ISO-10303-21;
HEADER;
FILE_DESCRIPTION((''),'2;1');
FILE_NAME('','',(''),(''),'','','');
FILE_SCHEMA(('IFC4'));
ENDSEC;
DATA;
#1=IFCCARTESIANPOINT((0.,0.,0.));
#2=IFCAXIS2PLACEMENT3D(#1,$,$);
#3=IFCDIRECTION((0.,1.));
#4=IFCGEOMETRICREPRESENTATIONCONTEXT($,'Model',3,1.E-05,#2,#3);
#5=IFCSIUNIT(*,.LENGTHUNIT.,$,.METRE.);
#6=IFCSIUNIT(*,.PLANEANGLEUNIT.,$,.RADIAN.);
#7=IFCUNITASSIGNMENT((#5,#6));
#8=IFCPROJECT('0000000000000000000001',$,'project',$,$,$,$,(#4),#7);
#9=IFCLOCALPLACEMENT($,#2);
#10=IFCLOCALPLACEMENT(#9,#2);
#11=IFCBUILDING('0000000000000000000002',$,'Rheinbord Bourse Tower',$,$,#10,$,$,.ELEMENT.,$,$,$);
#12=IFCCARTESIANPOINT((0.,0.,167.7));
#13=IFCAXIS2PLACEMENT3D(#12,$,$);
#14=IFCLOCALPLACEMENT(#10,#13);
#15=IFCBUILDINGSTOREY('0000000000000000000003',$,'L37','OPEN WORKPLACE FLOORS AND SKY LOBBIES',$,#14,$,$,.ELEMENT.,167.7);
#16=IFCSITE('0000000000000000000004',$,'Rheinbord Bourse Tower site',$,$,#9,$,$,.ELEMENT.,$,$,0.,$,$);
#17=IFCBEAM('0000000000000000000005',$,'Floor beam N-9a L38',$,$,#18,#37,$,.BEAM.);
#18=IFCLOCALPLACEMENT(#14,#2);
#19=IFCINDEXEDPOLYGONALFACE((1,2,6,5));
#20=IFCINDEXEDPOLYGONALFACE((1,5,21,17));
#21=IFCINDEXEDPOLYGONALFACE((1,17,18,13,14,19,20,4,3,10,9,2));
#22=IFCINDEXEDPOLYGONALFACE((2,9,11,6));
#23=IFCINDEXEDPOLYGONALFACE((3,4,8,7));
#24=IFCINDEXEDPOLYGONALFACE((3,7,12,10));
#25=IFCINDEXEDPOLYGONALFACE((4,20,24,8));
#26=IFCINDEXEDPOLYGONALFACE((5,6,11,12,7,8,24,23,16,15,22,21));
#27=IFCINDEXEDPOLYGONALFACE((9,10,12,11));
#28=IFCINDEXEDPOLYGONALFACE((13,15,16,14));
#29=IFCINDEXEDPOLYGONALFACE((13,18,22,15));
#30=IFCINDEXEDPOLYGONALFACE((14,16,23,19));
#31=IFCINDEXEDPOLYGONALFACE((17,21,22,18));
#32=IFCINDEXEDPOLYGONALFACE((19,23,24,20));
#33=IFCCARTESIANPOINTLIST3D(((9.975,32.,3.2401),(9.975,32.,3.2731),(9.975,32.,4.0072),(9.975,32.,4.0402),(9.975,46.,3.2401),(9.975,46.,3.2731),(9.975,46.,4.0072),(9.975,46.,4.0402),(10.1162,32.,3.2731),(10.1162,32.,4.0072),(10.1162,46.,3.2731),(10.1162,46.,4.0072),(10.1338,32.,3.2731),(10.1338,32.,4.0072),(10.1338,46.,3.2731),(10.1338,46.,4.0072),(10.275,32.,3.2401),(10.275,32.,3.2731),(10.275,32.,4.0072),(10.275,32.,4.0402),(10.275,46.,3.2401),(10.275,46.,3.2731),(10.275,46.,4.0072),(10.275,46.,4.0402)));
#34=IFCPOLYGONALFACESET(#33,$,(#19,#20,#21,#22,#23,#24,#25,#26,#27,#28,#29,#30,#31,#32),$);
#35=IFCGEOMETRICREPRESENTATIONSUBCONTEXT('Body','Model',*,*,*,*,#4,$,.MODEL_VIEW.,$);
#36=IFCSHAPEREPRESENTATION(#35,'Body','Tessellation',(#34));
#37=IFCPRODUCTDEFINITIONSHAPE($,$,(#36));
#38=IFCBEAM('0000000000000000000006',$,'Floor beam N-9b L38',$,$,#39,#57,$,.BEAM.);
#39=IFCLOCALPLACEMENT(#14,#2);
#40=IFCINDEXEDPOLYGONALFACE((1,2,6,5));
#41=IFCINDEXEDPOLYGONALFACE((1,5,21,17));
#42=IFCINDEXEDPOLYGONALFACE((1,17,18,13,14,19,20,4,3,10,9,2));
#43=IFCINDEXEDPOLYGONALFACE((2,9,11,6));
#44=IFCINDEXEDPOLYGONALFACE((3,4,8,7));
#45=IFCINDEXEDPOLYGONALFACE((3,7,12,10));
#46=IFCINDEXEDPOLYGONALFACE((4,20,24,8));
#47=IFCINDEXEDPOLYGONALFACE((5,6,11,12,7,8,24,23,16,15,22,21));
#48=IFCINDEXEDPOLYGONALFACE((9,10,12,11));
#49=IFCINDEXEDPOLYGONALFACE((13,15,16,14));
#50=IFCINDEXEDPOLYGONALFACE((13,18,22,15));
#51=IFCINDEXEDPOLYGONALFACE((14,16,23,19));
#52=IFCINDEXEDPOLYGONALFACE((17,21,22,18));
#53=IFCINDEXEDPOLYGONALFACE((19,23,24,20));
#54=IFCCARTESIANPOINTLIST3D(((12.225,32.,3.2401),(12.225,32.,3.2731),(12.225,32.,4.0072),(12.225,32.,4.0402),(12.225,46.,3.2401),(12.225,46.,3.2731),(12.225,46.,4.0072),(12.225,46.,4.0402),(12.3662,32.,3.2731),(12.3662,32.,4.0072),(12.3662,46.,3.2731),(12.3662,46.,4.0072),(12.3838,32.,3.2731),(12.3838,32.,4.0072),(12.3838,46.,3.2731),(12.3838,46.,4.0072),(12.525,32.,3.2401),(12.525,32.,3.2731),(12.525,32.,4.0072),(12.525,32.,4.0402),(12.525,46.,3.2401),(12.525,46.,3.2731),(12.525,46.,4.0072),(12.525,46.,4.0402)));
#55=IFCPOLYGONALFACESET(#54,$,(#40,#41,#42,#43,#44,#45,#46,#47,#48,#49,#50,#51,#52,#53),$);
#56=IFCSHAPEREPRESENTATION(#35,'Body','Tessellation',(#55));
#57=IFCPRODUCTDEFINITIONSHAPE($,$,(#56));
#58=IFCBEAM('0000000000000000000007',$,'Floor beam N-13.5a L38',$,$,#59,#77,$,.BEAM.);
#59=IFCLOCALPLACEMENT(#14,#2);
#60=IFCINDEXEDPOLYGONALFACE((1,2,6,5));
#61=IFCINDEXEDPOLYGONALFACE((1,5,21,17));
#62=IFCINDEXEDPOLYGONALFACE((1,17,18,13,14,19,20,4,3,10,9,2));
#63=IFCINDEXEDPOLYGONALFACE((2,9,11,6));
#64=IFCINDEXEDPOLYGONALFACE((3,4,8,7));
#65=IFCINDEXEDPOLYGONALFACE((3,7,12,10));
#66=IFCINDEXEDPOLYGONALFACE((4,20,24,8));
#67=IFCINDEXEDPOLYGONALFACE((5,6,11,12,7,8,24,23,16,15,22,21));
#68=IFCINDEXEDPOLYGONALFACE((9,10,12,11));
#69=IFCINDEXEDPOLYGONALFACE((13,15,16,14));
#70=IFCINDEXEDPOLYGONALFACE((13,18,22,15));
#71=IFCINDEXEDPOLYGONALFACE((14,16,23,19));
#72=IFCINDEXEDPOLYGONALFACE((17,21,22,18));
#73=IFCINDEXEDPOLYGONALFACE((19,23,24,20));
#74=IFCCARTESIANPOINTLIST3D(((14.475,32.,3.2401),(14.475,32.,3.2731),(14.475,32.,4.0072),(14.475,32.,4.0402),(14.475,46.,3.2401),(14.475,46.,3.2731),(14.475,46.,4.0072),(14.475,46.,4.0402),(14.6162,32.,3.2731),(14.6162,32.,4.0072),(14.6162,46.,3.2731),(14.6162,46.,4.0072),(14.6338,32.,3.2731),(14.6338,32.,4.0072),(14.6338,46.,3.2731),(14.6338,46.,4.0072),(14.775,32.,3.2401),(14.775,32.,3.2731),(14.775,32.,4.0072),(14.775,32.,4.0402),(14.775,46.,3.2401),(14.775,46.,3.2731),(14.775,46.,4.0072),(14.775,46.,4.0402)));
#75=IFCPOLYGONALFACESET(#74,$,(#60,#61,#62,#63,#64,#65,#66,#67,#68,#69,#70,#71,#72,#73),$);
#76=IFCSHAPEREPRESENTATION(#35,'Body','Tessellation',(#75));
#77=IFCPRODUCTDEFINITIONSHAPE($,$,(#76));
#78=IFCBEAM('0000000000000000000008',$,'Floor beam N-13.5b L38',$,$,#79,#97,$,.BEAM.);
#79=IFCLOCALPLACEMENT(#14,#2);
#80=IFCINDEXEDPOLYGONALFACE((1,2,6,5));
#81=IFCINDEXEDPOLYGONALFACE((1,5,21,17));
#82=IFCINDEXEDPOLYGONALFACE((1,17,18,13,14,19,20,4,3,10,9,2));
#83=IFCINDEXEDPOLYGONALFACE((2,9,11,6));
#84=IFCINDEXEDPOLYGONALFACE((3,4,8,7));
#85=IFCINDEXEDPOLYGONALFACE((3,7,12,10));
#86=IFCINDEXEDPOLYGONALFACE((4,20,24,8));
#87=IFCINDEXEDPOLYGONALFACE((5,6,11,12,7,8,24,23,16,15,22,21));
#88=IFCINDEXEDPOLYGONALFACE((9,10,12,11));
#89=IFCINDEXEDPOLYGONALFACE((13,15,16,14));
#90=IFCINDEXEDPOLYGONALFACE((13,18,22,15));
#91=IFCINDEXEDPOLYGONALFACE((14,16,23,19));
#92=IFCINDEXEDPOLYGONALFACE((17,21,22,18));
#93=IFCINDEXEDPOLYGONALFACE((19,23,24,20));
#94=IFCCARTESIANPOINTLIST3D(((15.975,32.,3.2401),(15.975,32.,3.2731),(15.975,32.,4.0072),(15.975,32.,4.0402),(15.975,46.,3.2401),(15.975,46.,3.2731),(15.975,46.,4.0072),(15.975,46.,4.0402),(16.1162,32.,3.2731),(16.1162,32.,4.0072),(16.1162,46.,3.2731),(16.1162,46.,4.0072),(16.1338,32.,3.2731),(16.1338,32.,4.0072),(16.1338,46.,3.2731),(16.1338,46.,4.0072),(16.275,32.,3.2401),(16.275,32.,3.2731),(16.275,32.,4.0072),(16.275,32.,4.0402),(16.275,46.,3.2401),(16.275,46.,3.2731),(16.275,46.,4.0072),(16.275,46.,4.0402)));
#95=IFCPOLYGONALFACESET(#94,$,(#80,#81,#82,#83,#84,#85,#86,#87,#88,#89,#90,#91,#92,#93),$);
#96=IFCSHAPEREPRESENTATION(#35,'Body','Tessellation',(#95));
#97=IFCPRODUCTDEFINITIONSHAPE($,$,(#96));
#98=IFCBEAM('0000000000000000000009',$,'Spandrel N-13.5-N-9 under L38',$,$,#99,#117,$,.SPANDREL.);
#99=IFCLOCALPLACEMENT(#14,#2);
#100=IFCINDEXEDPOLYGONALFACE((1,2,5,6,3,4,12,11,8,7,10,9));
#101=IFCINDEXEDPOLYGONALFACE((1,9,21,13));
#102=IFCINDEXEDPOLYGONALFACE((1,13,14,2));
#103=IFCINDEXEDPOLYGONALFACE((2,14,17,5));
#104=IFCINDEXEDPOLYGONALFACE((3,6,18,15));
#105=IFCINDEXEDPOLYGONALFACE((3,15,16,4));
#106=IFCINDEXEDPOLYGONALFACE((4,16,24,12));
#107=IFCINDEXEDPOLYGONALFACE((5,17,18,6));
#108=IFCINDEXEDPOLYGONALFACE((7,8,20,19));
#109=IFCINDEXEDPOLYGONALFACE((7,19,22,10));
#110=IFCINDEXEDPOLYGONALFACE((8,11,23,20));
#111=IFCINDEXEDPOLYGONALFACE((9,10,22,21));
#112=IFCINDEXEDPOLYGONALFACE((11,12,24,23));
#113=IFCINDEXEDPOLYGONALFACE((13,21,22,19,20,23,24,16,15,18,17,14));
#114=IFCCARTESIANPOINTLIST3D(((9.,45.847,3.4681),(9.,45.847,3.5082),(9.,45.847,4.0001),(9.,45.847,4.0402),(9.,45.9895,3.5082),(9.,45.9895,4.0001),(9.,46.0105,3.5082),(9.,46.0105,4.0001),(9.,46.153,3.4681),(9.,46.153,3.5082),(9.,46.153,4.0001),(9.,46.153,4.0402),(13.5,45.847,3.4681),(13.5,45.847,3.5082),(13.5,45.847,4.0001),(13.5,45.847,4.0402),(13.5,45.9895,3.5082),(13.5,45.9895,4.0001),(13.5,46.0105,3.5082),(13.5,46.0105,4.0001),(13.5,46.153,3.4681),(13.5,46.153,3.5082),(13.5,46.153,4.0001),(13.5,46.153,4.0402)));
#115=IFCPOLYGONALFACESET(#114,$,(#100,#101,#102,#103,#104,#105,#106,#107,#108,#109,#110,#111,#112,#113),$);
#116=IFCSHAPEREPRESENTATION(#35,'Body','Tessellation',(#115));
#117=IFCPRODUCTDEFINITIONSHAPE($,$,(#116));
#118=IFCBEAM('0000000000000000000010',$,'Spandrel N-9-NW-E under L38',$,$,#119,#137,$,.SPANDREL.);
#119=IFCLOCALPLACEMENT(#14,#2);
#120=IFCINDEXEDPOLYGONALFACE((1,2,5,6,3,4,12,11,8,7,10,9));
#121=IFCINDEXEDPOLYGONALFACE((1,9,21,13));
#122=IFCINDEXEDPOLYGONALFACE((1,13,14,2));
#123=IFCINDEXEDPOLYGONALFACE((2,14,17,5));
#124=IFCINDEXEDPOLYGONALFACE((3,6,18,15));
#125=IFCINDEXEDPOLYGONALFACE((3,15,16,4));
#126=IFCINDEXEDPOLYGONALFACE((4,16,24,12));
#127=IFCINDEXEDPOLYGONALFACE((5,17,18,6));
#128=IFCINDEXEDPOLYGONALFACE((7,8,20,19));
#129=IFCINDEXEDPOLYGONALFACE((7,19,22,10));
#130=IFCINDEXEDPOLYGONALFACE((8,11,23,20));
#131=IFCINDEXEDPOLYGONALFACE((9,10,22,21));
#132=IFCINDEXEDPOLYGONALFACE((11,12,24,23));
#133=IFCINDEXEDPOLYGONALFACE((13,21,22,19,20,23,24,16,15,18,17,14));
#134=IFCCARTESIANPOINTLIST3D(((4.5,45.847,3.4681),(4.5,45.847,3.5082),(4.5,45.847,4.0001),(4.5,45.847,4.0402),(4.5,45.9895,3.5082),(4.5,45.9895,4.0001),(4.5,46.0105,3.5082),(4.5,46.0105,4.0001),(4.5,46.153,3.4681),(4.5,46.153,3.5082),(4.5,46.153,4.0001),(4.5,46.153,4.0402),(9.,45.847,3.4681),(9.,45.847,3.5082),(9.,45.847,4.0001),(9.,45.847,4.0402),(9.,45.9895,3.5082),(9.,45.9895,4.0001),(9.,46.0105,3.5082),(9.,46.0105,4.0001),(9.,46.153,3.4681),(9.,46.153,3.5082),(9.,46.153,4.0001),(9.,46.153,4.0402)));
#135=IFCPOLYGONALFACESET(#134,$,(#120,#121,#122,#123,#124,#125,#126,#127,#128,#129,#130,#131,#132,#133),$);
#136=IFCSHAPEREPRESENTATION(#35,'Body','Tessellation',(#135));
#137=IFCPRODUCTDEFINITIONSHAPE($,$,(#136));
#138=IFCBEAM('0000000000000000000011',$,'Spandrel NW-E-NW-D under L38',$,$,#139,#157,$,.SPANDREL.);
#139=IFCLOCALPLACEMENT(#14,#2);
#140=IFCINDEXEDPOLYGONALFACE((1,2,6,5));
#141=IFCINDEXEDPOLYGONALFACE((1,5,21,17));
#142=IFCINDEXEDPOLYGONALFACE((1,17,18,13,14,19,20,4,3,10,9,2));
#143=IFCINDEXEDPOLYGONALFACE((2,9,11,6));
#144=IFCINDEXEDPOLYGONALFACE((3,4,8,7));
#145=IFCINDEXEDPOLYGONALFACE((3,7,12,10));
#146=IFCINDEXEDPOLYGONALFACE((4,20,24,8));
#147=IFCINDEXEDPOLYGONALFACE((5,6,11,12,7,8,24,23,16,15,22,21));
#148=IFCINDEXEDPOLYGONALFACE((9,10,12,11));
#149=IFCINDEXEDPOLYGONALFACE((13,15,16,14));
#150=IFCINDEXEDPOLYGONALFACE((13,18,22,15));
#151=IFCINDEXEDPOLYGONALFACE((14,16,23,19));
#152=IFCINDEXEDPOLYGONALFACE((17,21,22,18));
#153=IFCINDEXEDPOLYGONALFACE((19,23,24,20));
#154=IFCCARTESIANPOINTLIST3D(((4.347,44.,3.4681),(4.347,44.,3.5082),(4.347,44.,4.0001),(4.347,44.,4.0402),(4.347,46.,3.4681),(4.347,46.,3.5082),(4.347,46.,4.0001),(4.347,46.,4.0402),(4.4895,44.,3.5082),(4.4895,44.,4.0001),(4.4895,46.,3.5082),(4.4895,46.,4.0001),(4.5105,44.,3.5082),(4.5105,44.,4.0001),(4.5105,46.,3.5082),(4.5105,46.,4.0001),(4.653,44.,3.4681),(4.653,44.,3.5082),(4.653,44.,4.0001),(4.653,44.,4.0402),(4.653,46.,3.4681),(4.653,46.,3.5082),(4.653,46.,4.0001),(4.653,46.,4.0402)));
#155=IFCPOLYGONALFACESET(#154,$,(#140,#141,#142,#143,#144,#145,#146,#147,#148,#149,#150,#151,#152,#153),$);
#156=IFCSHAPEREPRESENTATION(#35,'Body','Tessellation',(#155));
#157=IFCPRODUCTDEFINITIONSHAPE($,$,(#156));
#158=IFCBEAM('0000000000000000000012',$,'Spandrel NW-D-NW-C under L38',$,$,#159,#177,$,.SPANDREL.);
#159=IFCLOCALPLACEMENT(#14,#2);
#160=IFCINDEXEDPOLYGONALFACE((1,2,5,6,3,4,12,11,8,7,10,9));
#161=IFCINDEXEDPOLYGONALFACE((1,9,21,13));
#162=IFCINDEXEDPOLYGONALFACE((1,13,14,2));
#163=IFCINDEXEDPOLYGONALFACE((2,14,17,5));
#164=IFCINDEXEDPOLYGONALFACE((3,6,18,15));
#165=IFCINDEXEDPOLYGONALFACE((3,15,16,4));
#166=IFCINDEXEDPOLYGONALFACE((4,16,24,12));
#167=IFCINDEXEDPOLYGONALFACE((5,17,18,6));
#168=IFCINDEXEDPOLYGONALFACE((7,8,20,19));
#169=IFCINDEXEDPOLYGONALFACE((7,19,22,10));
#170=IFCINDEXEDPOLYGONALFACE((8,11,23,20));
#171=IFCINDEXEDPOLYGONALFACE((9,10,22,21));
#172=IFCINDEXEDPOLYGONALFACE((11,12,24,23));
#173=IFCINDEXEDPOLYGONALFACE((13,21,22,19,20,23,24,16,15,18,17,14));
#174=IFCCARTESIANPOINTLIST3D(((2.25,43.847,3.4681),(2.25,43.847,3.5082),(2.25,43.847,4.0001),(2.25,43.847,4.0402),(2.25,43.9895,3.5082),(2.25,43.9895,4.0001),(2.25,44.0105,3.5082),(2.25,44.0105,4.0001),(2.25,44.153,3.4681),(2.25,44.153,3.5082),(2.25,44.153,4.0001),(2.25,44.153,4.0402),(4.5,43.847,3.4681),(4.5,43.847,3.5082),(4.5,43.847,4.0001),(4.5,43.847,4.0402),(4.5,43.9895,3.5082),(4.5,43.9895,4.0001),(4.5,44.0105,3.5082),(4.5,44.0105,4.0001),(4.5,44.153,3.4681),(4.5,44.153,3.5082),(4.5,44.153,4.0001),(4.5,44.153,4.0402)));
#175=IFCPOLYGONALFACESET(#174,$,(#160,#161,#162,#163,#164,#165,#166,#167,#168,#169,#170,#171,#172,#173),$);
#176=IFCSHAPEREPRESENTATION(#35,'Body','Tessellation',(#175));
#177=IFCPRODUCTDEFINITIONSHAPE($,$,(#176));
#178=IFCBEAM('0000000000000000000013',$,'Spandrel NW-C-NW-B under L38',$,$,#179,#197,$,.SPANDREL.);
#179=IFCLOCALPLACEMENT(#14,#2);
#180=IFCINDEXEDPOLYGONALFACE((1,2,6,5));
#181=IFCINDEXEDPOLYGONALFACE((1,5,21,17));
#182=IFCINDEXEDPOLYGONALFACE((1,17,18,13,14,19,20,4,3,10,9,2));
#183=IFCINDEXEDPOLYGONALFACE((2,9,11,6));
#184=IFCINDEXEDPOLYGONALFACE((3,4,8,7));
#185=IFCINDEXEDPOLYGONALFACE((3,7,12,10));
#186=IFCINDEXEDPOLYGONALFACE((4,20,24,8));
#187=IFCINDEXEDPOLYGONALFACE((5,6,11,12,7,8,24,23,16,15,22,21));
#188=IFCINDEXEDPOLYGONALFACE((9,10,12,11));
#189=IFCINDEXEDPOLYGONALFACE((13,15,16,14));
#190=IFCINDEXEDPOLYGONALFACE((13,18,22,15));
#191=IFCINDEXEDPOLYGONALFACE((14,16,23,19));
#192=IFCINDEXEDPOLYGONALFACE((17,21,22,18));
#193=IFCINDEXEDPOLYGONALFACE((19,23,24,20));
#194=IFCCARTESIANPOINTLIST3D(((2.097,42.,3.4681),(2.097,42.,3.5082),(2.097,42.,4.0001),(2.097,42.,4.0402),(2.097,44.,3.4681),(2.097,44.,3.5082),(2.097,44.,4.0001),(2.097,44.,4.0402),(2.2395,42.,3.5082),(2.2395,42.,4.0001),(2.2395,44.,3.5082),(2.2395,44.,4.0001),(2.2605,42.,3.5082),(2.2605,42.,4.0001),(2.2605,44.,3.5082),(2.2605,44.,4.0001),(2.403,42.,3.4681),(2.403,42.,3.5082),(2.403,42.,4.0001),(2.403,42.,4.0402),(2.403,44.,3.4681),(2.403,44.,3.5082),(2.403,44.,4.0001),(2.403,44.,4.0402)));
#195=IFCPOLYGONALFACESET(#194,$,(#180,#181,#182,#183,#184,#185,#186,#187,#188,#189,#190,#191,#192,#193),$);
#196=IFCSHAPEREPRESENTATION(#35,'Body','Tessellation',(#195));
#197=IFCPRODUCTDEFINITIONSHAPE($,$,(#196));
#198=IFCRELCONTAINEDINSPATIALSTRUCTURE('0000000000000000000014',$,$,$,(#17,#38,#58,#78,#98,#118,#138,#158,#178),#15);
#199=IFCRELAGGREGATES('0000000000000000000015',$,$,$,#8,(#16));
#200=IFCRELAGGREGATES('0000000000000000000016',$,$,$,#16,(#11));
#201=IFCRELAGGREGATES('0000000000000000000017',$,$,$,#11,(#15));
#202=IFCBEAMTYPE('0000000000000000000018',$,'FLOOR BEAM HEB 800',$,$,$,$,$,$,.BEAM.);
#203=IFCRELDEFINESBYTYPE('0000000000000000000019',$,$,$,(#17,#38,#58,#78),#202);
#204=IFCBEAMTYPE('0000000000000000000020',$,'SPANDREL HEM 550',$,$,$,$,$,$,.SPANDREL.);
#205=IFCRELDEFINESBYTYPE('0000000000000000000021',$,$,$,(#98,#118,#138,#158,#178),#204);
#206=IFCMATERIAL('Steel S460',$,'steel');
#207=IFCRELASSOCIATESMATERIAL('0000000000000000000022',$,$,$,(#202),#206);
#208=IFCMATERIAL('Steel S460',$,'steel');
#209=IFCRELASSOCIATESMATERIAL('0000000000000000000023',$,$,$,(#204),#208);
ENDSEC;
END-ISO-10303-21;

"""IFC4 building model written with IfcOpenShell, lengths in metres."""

from ifc_helpers import new_model, si_unit, direction, frame, origin, origin_2d, place, context, subcontext, project, spatial, i_section, extrude, material, material_profile, profile_set, type_object, element, save


model = new_model("IFC4")

# Units and contexts
model_context = context("Model", 3, precision=1e-05, world=origin(), true_north=direction((0.0, 1.0)))
body_context = subcontext(model_context, "Body", "Model", "MODEL_VIEW")
ifc_project = project(units=[si_unit("LENGTHUNIT", "METRE"), si_unit("PLANEANGLEUNIT", "RADIAN")], contexts=[model_context])

# Site, building, storey
site_placement = place(None, origin())
site = spatial("IfcSite", under=ifc_project, at=site_placement, Name="Rheinbord Bourse Tower site", CompositionType="ELEMENT", RefElevation=0.0)
building_placement = place(site_placement, origin())
building = spatial("IfcBuilding", under=site, at=building_placement, Name="Rheinbord Bourse Tower", CompositionType="ELEMENT")
storey_placement = place(building_placement, frame((0.0, 0.0, 167.7)))
storey = spatial("IfcBuildingStorey", under=building, at=storey_placement, Name="L37", Description="OPEN WORKPLACE FLOORS AND SKY LOBBIES", CompositionType="ELEMENT", Elevation=167.7)

# Beams
ifc_material_1 = material(Name="Steel S460", Category="steel")
ifc_material_profile_1 = material_profile(ifc_material_1, i_section(OverallWidth=0.3, OverallDepth=0.8, WebThickness=0.0176, FlangeThickness=0.033, at=origin_2d()), Name="HEB 800")
ifc_profile_set_1 = profile_set([ifc_material_profile_1], Name="Steel S460")
beam_type_1 = type_object("IfcBeamType", Name="FLOOR BEAM HEB 800", PredefinedType="BEAM", material=ifc_profile_set_1)
for number, where, z_axis, x_axis, name in (
    (1, (10.125, 46.0, 3.6401), (0.0, -1.0, 0.0), (1.0, 0.0, 0.0), "Floor beam N-9a L38"),
    (2, (12.375, 46.0, 3.6401), (0.0, -1.0, 0.0), (1.0, 0.0, 0.0), "Floor beam N-9b L38"),
    (3, (14.625, 46.0, 3.6401), (0.0, -1.0, 0.0), (1.0, 0.0, 0.0), "Floor beam N-13.5a L38"),
    (4, (16.125, 46.0, 3.6401), (0.0, -1.0, 0.0), (1.0, 0.0, 0.0), "Floor beam N-13.5b L38"),
):
    element("IfcBeam", number, at=place(storey_placement, frame(where, z_axis=z_axis, x_axis=x_axis)), inside=storey, type_object=beam_type_1, Name=name, PredefinedType="BEAM", context=body_context, shape_type="SweptSolid", body=[
        extrude(i_section(OverallWidth=0.3, OverallDepth=0.8, WebThickness=0.0176, FlangeThickness=0.033, at=origin_2d()), origin(), (0.0, 0.0, 1.0), 14.0),
    ])
ifc_material_2 = material(Name="Steel S460", Category="steel")
ifc_material_profile_2 = material_profile(ifc_material_2, i_section(OverallWidth=0.3059, OverallDepth=0.572, WebThickness=0.021, FlangeThickness=0.04, at=origin_2d()), Name="HEM 550")
ifc_profile_set_2 = profile_set([ifc_material_profile_2], Name="Steel S460")
beam_type_2 = type_object("IfcBeamType", Name="SPANDREL HEM 550", PredefinedType="SPANDREL", material=ifc_profile_set_2)
for number, where, z_axis, x_axis, name in (
    (5, (13.5, 46.0, 3.7542), (-1.0, 0.0, 0.0), (0.0, -1.0, 0.0), "Spandrel N-13.5-N-9 under L38"),
    (6, (9.0, 46.0, 3.7542), (-1.0, 0.0, 0.0), (0.0, -1.0, 0.0), "Spandrel N-9-NW-E under L38"),
):
    element("IfcBeam", number, at=place(storey_placement, frame(where, z_axis=z_axis, x_axis=x_axis)), inside=storey, type_object=beam_type_2, Name=name, PredefinedType="SPANDREL", context=body_context, shape_type="SweptSolid", body=[
        extrude(i_section(OverallWidth=0.3059, OverallDepth=0.572, WebThickness=0.021, FlangeThickness=0.04, at=origin_2d()), origin(), (0.0, 0.0, 1.0), 4.5),
    ])
beam_1_placement = place(storey_placement, frame((4.5, 46.0, 3.7542), z_axis=(0.0, -1.0, 0.0), x_axis=(1.0, 0.0, 0.0)))
element("IfcBeam", 7, at=beam_1_placement, inside=storey, type_object=beam_type_2, Name="Spandrel NW-E-NW-D under L38", PredefinedType="SPANDREL", context=body_context, shape_type="SweptSolid", body=[
    extrude(i_section(OverallWidth=0.3059, OverallDepth=0.572, WebThickness=0.021, FlangeThickness=0.04, at=origin_2d()), origin(), (0.0, 0.0, 1.0), 2.0),
])
beam_2_placement = place(storey_placement, frame((4.5, 44.0, 3.7542), z_axis=(-1.0, 0.0, 0.0), x_axis=(0.0, -1.0, 0.0)))
element("IfcBeam", 8, at=beam_2_placement, inside=storey, type_object=beam_type_2, Name="Spandrel NW-D-NW-C under L38", PredefinedType="SPANDREL", context=body_context, shape_type="SweptSolid", body=[
    extrude(i_section(OverallWidth=0.3059, OverallDepth=0.572, WebThickness=0.021, FlangeThickness=0.04, at=origin_2d()), origin(), (0.0, 0.0, 1.0), 2.25),
])
beam_3_placement = place(storey_placement, frame((2.25, 44.0, 3.7542), z_axis=(0.0, -1.0, 0.0), x_axis=(1.0, 0.0, 0.0)))
element("IfcBeam", 9, at=beam_3_placement, inside=storey, type_object=beam_type_2, Name="Spandrel NW-C-NW-B under L38", PredefinedType="SPANDREL", context=body_context, shape_type="SweptSolid", body=[
    extrude(i_section(OverallWidth=0.3059, OverallDepth=0.572, WebThickness=0.021, FlangeThickness=0.04, at=origin_2d()), origin(), (0.0, 0.0, 1.0), 2.0),
])

save(model, "model.ifc")
